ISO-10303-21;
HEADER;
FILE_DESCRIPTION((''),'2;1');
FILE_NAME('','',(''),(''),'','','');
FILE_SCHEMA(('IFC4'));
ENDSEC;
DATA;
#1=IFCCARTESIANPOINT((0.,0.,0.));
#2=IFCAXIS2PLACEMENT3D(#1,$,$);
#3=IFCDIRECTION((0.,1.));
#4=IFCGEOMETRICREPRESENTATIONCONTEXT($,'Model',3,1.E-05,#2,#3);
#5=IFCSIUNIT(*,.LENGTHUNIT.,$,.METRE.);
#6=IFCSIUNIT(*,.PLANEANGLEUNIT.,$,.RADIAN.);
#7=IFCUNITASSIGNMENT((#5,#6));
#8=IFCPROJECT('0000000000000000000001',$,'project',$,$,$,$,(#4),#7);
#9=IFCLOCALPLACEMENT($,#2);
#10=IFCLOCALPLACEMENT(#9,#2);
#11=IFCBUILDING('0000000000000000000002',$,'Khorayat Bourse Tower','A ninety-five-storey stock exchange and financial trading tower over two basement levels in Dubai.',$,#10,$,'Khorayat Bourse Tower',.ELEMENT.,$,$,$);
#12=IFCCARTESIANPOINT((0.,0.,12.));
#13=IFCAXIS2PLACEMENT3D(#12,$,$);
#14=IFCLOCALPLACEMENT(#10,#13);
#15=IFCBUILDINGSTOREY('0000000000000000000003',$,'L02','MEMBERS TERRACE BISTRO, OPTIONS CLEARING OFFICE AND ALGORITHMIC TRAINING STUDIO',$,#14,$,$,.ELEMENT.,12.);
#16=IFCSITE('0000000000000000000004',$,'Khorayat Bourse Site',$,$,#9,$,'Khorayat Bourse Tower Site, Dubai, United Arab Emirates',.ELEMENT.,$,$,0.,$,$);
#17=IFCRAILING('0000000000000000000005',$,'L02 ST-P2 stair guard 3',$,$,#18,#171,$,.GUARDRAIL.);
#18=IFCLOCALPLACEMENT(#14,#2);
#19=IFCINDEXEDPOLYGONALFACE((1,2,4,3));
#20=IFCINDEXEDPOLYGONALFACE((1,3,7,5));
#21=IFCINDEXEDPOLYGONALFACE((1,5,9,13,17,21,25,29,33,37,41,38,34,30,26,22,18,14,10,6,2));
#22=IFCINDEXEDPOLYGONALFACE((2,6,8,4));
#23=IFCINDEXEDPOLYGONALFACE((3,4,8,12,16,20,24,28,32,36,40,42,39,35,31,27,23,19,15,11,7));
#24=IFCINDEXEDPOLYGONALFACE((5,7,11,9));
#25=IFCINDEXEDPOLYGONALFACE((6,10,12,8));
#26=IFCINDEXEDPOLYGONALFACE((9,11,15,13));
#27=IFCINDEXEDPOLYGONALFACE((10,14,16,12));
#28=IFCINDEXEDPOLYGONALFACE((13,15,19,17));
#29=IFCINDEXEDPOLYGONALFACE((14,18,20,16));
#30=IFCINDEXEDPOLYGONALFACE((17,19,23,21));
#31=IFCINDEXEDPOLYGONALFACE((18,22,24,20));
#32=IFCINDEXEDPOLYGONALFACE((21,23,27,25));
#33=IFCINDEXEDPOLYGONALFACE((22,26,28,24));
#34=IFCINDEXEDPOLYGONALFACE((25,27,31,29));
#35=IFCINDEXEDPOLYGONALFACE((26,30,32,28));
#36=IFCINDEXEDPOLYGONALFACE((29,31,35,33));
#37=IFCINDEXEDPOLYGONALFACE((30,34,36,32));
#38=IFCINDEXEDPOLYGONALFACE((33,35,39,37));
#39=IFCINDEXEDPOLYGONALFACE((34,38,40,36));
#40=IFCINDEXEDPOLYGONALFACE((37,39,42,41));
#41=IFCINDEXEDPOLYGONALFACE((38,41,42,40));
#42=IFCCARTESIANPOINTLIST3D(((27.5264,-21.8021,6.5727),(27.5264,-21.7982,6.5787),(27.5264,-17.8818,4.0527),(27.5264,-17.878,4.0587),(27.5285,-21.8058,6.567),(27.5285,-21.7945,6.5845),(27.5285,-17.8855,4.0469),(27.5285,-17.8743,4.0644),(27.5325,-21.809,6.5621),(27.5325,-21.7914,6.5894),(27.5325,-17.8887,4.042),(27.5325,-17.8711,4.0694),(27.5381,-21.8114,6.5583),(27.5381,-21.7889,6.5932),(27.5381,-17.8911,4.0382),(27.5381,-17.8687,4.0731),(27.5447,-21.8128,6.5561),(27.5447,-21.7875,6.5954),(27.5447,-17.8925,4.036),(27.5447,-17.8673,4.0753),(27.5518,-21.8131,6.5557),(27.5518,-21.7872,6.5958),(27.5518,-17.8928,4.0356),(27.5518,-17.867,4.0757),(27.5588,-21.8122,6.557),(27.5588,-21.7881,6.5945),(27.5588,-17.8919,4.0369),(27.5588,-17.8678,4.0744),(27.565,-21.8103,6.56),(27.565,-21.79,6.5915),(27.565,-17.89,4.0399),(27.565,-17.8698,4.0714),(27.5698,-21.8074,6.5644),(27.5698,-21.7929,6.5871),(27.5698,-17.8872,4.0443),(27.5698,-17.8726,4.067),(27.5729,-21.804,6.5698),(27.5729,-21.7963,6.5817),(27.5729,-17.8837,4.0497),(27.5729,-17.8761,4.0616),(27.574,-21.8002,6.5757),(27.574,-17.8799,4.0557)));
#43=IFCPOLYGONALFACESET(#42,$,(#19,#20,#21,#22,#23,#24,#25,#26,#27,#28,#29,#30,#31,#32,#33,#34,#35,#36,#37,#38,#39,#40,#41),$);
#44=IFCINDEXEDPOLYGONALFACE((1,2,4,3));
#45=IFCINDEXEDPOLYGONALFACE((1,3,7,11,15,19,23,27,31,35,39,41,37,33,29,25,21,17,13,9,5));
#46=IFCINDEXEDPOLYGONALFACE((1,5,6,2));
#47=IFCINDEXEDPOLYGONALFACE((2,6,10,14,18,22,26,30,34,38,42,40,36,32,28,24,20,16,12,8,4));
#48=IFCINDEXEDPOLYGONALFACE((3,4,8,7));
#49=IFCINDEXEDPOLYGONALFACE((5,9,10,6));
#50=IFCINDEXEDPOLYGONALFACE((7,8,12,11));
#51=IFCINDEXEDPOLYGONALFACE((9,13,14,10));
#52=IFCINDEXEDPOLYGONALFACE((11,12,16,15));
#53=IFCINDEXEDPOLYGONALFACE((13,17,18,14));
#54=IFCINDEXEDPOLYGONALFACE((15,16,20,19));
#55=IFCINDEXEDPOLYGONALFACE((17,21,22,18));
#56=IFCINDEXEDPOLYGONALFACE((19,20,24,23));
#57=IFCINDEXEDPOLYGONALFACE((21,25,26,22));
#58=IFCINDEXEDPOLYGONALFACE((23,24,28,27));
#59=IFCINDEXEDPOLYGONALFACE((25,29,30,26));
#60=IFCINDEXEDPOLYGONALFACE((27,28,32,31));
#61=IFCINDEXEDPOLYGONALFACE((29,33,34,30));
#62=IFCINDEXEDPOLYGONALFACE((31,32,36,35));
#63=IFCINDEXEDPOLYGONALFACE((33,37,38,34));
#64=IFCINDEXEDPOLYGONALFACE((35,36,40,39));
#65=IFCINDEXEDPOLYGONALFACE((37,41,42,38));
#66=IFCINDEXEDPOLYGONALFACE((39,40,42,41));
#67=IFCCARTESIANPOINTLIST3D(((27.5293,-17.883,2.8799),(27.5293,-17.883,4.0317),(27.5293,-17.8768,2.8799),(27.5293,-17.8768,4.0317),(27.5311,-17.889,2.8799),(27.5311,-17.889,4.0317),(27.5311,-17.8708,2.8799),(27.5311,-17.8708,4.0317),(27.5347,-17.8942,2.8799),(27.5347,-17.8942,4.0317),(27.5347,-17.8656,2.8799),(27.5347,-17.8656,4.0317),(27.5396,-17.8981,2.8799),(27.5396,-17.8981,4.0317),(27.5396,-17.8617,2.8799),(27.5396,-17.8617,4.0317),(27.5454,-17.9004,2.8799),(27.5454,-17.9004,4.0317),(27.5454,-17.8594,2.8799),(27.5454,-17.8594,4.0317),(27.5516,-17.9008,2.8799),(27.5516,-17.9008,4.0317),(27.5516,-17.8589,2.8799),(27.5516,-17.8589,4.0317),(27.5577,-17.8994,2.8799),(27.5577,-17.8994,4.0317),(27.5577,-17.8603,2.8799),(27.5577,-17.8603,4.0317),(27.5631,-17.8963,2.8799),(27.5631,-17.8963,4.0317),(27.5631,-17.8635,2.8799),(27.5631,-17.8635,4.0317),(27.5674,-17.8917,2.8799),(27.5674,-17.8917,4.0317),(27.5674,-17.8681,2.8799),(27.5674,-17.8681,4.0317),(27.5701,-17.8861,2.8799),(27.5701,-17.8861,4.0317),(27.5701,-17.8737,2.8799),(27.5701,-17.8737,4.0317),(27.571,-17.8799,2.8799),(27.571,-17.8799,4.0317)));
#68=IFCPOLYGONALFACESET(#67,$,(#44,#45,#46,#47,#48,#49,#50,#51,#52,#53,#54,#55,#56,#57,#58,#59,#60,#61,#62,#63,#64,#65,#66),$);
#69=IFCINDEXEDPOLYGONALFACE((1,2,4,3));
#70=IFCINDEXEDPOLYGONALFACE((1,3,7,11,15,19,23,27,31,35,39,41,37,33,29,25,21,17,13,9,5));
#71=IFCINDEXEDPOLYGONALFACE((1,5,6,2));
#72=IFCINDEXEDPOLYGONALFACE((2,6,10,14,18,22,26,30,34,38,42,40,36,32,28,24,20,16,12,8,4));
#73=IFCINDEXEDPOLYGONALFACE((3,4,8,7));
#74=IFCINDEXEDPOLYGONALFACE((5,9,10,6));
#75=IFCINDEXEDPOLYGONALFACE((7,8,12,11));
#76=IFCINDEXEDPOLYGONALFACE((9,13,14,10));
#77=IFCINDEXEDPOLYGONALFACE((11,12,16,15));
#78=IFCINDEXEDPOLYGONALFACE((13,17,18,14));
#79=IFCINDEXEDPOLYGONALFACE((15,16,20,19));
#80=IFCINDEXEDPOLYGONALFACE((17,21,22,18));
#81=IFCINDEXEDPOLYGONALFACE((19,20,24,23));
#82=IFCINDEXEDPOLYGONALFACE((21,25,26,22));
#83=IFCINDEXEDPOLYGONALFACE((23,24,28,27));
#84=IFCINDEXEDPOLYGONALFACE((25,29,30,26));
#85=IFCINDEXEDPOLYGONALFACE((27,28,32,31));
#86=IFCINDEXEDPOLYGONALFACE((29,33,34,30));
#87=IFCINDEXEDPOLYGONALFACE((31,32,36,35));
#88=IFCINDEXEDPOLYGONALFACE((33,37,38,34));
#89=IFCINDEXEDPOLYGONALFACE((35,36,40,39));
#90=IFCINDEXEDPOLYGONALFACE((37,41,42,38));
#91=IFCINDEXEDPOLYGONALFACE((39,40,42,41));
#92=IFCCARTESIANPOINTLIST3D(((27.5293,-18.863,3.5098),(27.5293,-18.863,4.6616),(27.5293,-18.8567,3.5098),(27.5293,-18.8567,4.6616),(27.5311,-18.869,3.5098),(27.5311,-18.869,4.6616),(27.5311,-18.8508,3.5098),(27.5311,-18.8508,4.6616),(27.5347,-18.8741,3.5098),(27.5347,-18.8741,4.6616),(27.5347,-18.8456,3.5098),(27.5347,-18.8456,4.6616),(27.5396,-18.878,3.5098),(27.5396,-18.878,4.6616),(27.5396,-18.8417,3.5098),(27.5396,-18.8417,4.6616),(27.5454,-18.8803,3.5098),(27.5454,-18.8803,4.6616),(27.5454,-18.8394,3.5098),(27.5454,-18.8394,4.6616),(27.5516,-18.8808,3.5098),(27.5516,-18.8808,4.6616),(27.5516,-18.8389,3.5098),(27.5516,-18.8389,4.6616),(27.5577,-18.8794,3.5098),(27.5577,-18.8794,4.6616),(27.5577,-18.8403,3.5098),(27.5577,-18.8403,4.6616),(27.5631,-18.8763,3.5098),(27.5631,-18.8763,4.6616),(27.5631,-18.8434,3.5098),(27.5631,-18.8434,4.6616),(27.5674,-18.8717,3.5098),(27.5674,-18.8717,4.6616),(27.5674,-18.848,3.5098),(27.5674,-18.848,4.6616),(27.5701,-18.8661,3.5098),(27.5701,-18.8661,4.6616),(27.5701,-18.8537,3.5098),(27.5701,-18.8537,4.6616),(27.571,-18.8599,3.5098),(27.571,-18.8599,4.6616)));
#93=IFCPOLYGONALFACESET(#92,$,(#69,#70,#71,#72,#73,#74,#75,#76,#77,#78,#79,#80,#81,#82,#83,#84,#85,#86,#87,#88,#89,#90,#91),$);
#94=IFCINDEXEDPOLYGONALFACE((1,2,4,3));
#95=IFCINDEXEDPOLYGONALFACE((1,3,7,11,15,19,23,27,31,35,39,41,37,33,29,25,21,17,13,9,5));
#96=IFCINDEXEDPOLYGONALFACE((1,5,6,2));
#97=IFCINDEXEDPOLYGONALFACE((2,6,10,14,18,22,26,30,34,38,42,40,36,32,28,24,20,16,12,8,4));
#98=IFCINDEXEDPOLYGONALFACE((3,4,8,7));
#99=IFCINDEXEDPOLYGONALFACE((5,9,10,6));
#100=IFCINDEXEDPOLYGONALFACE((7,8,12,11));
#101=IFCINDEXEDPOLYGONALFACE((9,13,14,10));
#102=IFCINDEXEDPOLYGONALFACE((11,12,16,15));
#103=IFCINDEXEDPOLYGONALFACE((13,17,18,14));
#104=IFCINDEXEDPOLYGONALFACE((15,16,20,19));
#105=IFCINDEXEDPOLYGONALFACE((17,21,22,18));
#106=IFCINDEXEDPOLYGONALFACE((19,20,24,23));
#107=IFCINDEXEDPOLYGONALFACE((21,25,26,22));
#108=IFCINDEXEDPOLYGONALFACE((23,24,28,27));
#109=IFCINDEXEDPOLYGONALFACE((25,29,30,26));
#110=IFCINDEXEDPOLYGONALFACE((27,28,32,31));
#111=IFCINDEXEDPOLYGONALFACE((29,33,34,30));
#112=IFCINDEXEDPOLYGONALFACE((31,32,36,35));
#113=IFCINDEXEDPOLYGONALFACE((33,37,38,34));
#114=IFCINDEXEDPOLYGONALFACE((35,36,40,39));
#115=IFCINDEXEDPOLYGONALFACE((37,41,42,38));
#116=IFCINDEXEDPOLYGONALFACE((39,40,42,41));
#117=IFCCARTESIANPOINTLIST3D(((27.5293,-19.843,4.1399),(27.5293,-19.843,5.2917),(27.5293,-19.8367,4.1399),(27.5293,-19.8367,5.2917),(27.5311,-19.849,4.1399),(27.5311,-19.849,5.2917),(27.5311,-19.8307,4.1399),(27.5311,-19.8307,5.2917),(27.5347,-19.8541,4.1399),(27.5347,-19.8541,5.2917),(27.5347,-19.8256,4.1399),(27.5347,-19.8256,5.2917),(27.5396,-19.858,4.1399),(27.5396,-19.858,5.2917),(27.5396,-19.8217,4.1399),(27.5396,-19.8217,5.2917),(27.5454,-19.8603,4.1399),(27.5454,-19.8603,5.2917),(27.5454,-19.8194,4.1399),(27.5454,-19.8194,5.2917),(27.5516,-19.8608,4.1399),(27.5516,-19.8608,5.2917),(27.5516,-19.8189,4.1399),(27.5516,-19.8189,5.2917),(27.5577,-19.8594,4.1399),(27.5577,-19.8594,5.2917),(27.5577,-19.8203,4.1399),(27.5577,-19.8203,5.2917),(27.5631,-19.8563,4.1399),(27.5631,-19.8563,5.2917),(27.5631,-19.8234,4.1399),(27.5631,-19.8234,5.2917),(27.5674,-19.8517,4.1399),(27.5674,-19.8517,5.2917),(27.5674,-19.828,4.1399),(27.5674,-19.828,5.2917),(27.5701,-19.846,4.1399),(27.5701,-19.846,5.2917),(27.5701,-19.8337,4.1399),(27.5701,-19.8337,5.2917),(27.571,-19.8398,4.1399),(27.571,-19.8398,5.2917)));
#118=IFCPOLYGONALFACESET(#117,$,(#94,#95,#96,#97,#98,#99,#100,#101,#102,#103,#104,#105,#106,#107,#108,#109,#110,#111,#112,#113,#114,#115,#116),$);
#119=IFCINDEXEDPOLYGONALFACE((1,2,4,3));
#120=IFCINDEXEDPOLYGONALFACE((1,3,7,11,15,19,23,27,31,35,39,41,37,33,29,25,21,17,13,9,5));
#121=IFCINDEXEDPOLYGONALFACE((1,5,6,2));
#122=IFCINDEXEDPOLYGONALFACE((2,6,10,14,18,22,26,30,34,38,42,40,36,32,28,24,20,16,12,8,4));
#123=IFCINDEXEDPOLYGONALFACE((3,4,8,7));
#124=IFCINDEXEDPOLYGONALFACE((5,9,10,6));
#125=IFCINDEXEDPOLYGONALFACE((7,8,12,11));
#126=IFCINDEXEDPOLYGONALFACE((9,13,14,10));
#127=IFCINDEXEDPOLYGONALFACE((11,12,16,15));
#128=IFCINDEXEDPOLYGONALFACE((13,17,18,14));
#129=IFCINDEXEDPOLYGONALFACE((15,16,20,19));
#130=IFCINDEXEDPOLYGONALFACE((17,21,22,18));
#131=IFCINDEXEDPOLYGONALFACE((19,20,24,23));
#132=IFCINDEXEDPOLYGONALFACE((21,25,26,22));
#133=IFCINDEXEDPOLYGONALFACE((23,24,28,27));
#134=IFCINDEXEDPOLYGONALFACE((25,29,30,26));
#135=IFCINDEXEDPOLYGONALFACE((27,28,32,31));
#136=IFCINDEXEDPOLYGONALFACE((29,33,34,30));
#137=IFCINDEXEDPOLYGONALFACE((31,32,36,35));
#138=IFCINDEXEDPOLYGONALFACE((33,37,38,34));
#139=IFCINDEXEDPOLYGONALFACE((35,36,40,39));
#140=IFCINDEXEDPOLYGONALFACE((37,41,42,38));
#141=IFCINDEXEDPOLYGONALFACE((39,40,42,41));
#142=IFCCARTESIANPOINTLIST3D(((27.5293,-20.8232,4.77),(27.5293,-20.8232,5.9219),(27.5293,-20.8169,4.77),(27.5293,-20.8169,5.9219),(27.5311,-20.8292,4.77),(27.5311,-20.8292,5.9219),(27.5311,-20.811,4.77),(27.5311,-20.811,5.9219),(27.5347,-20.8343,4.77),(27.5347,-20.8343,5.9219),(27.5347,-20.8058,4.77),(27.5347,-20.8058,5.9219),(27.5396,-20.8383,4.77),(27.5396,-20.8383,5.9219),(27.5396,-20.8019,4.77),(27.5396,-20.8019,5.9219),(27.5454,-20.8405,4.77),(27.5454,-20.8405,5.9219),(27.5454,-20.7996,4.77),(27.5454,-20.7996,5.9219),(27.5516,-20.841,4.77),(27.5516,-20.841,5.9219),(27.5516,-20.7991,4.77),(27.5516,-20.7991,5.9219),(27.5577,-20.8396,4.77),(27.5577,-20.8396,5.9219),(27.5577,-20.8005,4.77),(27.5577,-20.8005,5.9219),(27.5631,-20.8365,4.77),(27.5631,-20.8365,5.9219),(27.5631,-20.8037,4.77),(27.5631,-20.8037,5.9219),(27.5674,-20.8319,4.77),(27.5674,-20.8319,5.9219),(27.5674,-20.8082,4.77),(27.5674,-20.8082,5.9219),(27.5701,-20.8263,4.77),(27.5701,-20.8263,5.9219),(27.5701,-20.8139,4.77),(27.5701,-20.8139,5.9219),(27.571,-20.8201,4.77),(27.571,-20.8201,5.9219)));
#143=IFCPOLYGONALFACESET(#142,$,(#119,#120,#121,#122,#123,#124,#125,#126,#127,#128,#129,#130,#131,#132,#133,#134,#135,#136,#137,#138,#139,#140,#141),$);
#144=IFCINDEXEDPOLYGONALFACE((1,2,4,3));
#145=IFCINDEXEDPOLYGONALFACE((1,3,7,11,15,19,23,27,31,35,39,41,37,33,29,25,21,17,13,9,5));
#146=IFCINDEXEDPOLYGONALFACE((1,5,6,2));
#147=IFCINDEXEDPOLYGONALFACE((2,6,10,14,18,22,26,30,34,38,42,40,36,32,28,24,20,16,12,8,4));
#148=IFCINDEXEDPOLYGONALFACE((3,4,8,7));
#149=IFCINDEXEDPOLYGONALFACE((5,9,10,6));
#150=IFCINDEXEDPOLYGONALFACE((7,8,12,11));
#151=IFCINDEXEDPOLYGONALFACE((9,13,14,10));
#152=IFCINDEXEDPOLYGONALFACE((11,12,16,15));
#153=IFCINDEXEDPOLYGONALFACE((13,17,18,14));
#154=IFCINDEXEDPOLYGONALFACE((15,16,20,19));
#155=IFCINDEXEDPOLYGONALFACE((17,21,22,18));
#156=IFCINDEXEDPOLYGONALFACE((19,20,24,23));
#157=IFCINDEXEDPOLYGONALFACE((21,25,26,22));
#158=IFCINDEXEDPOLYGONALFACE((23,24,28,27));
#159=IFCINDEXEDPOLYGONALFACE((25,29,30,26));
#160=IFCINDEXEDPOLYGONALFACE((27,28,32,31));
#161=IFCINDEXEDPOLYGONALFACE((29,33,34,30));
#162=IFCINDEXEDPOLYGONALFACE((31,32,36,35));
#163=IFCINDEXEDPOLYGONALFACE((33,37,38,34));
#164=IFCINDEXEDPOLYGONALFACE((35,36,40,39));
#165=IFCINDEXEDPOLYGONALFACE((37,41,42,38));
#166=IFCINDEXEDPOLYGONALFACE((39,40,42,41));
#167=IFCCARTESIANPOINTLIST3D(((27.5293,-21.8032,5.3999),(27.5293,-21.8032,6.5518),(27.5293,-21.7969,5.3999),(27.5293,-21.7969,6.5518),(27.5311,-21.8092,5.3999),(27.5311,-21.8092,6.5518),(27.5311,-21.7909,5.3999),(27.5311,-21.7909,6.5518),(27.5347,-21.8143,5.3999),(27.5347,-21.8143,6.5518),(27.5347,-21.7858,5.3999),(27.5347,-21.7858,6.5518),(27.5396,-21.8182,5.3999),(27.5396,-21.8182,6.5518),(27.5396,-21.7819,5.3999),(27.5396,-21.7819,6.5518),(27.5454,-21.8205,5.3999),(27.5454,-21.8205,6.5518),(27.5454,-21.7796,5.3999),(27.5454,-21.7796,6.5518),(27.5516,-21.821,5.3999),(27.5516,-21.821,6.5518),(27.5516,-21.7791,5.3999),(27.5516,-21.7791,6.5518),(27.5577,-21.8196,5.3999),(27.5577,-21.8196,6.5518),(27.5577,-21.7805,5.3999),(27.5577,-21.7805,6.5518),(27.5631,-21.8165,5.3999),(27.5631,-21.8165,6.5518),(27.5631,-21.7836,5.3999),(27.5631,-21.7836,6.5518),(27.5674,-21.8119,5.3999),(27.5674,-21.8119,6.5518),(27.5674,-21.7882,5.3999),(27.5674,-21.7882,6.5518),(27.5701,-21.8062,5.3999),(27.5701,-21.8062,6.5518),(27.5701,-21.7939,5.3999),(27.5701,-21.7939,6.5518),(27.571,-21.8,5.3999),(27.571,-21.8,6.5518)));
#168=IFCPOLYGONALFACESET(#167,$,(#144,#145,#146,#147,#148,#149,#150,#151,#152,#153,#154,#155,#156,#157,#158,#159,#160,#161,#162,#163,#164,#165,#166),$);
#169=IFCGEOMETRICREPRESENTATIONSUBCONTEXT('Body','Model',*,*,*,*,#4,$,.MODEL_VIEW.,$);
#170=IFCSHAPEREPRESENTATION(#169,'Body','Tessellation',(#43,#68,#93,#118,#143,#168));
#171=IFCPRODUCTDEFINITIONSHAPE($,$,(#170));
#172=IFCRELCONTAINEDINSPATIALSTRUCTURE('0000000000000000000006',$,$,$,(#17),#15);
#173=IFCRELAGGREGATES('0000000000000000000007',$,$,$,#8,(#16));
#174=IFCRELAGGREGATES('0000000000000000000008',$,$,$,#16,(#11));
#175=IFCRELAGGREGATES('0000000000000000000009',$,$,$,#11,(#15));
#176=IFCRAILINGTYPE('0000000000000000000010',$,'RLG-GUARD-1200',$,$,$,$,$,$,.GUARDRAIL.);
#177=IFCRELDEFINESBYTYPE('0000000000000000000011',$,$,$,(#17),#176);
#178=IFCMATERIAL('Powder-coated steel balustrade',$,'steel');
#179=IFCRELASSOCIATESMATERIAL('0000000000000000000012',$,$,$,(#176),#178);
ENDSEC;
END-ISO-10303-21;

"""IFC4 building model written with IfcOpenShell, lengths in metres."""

from ifc_helpers import new_model, si_unit, direction, frame, origin, origin_2d, place, context, subcontext, project, spatial, circle, extrude, source, transform, mapped, material, type_object, element, save


model = new_model("IFC4")

# Units and contexts
model_context = context("Model", 3, precision=1e-05, world=origin(), true_north=direction((0.0, 1.0)))
body_context = subcontext(model_context, "Body", "Model", "MODEL_VIEW")
ifc_project = project(units=[si_unit("LENGTHUNIT", "METRE"), si_unit("PLANEANGLEUNIT", "RADIAN")], contexts=[model_context])

# Site, building, storey
site_placement = place(None, origin())
site = spatial("IfcSite", under=ifc_project, at=site_placement, Name="Khorayat Bourse Site", LongName="Khorayat Bourse Tower Site, Dubai, United Arab Emirates", CompositionType="ELEMENT", RefElevation=0.0)
building_placement = place(site_placement, origin())
building = spatial("IfcBuilding", under=site, at=building_placement, Name="Khorayat Bourse Tower", Description="A ninety-five-storey stock exchange and financial trading tower over two basement levels in Dubai.", LongName="Khorayat Bourse Tower", CompositionType="ELEMENT")
storey_placement = place(building_placement, frame((0.0, 0.0, 12.0)))
storey = spatial("IfcBuildingStorey", under=building, at=storey_placement, Name="L02", Description="MEMBERS TERRACE BISTRO, OPTIONS CLEARING OFFICE AND ALGORITHMIC TRAINING STUDIO", CompositionType="ELEMENT", Elevation=12.0)

# Railing
ifc_material_1 = material(Name="Powder-coated steel balustrade", Category="steel")
railing_type_1 = type_object("IfcRailingType", Name="RLG-GUARD-1200", PredefinedType="GUARDRAIL", material=ifc_material_1)
shared_shape_1 = source(origin(), body_context, "Body", "SweptSolid", [
    extrude(circle(Radius=0.0239, at=origin_2d()), frame((0.0, 0.0, 1.1758), z_axis=(0.0, -0.841187, 0.540744), x_axis=(1.0, 0.0, 0.0)), (0.0, 0.0, 1.0), 4.6604),
    extrude(circle(Radius=0.021, at=origin_2d()), origin(), (0.0, 0.0, 1.0), 1.1519),
    extrude(circle(Radius=0.021, at=origin_2d()), frame((0.0, -0.98, 0.6299)), (0.0, 0.0, 1.0), 1.1519),
    extrude(circle(Radius=0.021, at=origin_2d()), frame((0.0, -1.96, 1.26)), (0.0, 0.0, 1.0), 1.1519),
    extrude(circle(Radius=0.021, at=origin_2d()), frame((0.0, -2.9402, 1.8901)), (0.0, 0.0, 1.0), 1.1519),
    extrude(circle(Radius=0.021, at=origin_2d()), frame((0.0, -3.9202, 2.52)), (0.0, 0.0, 1.0), 1.1519),
])
railing_1_placement = place(storey_placement, frame((27.55, -17.8799, 2.8799)))
element("IfcRailing", 1, at=railing_1_placement, inside=storey, type_object=railing_type_1, Name="L02 ST-P2 stair guard 3", PredefinedType="GUARDRAIL", context=body_context, shape_type="MappedRepresentation", body=[
    mapped(shared_shape_1, transform((0.0, 0.0, 0.0), scale=1.0)),
])

save(model, "model.ifc")
